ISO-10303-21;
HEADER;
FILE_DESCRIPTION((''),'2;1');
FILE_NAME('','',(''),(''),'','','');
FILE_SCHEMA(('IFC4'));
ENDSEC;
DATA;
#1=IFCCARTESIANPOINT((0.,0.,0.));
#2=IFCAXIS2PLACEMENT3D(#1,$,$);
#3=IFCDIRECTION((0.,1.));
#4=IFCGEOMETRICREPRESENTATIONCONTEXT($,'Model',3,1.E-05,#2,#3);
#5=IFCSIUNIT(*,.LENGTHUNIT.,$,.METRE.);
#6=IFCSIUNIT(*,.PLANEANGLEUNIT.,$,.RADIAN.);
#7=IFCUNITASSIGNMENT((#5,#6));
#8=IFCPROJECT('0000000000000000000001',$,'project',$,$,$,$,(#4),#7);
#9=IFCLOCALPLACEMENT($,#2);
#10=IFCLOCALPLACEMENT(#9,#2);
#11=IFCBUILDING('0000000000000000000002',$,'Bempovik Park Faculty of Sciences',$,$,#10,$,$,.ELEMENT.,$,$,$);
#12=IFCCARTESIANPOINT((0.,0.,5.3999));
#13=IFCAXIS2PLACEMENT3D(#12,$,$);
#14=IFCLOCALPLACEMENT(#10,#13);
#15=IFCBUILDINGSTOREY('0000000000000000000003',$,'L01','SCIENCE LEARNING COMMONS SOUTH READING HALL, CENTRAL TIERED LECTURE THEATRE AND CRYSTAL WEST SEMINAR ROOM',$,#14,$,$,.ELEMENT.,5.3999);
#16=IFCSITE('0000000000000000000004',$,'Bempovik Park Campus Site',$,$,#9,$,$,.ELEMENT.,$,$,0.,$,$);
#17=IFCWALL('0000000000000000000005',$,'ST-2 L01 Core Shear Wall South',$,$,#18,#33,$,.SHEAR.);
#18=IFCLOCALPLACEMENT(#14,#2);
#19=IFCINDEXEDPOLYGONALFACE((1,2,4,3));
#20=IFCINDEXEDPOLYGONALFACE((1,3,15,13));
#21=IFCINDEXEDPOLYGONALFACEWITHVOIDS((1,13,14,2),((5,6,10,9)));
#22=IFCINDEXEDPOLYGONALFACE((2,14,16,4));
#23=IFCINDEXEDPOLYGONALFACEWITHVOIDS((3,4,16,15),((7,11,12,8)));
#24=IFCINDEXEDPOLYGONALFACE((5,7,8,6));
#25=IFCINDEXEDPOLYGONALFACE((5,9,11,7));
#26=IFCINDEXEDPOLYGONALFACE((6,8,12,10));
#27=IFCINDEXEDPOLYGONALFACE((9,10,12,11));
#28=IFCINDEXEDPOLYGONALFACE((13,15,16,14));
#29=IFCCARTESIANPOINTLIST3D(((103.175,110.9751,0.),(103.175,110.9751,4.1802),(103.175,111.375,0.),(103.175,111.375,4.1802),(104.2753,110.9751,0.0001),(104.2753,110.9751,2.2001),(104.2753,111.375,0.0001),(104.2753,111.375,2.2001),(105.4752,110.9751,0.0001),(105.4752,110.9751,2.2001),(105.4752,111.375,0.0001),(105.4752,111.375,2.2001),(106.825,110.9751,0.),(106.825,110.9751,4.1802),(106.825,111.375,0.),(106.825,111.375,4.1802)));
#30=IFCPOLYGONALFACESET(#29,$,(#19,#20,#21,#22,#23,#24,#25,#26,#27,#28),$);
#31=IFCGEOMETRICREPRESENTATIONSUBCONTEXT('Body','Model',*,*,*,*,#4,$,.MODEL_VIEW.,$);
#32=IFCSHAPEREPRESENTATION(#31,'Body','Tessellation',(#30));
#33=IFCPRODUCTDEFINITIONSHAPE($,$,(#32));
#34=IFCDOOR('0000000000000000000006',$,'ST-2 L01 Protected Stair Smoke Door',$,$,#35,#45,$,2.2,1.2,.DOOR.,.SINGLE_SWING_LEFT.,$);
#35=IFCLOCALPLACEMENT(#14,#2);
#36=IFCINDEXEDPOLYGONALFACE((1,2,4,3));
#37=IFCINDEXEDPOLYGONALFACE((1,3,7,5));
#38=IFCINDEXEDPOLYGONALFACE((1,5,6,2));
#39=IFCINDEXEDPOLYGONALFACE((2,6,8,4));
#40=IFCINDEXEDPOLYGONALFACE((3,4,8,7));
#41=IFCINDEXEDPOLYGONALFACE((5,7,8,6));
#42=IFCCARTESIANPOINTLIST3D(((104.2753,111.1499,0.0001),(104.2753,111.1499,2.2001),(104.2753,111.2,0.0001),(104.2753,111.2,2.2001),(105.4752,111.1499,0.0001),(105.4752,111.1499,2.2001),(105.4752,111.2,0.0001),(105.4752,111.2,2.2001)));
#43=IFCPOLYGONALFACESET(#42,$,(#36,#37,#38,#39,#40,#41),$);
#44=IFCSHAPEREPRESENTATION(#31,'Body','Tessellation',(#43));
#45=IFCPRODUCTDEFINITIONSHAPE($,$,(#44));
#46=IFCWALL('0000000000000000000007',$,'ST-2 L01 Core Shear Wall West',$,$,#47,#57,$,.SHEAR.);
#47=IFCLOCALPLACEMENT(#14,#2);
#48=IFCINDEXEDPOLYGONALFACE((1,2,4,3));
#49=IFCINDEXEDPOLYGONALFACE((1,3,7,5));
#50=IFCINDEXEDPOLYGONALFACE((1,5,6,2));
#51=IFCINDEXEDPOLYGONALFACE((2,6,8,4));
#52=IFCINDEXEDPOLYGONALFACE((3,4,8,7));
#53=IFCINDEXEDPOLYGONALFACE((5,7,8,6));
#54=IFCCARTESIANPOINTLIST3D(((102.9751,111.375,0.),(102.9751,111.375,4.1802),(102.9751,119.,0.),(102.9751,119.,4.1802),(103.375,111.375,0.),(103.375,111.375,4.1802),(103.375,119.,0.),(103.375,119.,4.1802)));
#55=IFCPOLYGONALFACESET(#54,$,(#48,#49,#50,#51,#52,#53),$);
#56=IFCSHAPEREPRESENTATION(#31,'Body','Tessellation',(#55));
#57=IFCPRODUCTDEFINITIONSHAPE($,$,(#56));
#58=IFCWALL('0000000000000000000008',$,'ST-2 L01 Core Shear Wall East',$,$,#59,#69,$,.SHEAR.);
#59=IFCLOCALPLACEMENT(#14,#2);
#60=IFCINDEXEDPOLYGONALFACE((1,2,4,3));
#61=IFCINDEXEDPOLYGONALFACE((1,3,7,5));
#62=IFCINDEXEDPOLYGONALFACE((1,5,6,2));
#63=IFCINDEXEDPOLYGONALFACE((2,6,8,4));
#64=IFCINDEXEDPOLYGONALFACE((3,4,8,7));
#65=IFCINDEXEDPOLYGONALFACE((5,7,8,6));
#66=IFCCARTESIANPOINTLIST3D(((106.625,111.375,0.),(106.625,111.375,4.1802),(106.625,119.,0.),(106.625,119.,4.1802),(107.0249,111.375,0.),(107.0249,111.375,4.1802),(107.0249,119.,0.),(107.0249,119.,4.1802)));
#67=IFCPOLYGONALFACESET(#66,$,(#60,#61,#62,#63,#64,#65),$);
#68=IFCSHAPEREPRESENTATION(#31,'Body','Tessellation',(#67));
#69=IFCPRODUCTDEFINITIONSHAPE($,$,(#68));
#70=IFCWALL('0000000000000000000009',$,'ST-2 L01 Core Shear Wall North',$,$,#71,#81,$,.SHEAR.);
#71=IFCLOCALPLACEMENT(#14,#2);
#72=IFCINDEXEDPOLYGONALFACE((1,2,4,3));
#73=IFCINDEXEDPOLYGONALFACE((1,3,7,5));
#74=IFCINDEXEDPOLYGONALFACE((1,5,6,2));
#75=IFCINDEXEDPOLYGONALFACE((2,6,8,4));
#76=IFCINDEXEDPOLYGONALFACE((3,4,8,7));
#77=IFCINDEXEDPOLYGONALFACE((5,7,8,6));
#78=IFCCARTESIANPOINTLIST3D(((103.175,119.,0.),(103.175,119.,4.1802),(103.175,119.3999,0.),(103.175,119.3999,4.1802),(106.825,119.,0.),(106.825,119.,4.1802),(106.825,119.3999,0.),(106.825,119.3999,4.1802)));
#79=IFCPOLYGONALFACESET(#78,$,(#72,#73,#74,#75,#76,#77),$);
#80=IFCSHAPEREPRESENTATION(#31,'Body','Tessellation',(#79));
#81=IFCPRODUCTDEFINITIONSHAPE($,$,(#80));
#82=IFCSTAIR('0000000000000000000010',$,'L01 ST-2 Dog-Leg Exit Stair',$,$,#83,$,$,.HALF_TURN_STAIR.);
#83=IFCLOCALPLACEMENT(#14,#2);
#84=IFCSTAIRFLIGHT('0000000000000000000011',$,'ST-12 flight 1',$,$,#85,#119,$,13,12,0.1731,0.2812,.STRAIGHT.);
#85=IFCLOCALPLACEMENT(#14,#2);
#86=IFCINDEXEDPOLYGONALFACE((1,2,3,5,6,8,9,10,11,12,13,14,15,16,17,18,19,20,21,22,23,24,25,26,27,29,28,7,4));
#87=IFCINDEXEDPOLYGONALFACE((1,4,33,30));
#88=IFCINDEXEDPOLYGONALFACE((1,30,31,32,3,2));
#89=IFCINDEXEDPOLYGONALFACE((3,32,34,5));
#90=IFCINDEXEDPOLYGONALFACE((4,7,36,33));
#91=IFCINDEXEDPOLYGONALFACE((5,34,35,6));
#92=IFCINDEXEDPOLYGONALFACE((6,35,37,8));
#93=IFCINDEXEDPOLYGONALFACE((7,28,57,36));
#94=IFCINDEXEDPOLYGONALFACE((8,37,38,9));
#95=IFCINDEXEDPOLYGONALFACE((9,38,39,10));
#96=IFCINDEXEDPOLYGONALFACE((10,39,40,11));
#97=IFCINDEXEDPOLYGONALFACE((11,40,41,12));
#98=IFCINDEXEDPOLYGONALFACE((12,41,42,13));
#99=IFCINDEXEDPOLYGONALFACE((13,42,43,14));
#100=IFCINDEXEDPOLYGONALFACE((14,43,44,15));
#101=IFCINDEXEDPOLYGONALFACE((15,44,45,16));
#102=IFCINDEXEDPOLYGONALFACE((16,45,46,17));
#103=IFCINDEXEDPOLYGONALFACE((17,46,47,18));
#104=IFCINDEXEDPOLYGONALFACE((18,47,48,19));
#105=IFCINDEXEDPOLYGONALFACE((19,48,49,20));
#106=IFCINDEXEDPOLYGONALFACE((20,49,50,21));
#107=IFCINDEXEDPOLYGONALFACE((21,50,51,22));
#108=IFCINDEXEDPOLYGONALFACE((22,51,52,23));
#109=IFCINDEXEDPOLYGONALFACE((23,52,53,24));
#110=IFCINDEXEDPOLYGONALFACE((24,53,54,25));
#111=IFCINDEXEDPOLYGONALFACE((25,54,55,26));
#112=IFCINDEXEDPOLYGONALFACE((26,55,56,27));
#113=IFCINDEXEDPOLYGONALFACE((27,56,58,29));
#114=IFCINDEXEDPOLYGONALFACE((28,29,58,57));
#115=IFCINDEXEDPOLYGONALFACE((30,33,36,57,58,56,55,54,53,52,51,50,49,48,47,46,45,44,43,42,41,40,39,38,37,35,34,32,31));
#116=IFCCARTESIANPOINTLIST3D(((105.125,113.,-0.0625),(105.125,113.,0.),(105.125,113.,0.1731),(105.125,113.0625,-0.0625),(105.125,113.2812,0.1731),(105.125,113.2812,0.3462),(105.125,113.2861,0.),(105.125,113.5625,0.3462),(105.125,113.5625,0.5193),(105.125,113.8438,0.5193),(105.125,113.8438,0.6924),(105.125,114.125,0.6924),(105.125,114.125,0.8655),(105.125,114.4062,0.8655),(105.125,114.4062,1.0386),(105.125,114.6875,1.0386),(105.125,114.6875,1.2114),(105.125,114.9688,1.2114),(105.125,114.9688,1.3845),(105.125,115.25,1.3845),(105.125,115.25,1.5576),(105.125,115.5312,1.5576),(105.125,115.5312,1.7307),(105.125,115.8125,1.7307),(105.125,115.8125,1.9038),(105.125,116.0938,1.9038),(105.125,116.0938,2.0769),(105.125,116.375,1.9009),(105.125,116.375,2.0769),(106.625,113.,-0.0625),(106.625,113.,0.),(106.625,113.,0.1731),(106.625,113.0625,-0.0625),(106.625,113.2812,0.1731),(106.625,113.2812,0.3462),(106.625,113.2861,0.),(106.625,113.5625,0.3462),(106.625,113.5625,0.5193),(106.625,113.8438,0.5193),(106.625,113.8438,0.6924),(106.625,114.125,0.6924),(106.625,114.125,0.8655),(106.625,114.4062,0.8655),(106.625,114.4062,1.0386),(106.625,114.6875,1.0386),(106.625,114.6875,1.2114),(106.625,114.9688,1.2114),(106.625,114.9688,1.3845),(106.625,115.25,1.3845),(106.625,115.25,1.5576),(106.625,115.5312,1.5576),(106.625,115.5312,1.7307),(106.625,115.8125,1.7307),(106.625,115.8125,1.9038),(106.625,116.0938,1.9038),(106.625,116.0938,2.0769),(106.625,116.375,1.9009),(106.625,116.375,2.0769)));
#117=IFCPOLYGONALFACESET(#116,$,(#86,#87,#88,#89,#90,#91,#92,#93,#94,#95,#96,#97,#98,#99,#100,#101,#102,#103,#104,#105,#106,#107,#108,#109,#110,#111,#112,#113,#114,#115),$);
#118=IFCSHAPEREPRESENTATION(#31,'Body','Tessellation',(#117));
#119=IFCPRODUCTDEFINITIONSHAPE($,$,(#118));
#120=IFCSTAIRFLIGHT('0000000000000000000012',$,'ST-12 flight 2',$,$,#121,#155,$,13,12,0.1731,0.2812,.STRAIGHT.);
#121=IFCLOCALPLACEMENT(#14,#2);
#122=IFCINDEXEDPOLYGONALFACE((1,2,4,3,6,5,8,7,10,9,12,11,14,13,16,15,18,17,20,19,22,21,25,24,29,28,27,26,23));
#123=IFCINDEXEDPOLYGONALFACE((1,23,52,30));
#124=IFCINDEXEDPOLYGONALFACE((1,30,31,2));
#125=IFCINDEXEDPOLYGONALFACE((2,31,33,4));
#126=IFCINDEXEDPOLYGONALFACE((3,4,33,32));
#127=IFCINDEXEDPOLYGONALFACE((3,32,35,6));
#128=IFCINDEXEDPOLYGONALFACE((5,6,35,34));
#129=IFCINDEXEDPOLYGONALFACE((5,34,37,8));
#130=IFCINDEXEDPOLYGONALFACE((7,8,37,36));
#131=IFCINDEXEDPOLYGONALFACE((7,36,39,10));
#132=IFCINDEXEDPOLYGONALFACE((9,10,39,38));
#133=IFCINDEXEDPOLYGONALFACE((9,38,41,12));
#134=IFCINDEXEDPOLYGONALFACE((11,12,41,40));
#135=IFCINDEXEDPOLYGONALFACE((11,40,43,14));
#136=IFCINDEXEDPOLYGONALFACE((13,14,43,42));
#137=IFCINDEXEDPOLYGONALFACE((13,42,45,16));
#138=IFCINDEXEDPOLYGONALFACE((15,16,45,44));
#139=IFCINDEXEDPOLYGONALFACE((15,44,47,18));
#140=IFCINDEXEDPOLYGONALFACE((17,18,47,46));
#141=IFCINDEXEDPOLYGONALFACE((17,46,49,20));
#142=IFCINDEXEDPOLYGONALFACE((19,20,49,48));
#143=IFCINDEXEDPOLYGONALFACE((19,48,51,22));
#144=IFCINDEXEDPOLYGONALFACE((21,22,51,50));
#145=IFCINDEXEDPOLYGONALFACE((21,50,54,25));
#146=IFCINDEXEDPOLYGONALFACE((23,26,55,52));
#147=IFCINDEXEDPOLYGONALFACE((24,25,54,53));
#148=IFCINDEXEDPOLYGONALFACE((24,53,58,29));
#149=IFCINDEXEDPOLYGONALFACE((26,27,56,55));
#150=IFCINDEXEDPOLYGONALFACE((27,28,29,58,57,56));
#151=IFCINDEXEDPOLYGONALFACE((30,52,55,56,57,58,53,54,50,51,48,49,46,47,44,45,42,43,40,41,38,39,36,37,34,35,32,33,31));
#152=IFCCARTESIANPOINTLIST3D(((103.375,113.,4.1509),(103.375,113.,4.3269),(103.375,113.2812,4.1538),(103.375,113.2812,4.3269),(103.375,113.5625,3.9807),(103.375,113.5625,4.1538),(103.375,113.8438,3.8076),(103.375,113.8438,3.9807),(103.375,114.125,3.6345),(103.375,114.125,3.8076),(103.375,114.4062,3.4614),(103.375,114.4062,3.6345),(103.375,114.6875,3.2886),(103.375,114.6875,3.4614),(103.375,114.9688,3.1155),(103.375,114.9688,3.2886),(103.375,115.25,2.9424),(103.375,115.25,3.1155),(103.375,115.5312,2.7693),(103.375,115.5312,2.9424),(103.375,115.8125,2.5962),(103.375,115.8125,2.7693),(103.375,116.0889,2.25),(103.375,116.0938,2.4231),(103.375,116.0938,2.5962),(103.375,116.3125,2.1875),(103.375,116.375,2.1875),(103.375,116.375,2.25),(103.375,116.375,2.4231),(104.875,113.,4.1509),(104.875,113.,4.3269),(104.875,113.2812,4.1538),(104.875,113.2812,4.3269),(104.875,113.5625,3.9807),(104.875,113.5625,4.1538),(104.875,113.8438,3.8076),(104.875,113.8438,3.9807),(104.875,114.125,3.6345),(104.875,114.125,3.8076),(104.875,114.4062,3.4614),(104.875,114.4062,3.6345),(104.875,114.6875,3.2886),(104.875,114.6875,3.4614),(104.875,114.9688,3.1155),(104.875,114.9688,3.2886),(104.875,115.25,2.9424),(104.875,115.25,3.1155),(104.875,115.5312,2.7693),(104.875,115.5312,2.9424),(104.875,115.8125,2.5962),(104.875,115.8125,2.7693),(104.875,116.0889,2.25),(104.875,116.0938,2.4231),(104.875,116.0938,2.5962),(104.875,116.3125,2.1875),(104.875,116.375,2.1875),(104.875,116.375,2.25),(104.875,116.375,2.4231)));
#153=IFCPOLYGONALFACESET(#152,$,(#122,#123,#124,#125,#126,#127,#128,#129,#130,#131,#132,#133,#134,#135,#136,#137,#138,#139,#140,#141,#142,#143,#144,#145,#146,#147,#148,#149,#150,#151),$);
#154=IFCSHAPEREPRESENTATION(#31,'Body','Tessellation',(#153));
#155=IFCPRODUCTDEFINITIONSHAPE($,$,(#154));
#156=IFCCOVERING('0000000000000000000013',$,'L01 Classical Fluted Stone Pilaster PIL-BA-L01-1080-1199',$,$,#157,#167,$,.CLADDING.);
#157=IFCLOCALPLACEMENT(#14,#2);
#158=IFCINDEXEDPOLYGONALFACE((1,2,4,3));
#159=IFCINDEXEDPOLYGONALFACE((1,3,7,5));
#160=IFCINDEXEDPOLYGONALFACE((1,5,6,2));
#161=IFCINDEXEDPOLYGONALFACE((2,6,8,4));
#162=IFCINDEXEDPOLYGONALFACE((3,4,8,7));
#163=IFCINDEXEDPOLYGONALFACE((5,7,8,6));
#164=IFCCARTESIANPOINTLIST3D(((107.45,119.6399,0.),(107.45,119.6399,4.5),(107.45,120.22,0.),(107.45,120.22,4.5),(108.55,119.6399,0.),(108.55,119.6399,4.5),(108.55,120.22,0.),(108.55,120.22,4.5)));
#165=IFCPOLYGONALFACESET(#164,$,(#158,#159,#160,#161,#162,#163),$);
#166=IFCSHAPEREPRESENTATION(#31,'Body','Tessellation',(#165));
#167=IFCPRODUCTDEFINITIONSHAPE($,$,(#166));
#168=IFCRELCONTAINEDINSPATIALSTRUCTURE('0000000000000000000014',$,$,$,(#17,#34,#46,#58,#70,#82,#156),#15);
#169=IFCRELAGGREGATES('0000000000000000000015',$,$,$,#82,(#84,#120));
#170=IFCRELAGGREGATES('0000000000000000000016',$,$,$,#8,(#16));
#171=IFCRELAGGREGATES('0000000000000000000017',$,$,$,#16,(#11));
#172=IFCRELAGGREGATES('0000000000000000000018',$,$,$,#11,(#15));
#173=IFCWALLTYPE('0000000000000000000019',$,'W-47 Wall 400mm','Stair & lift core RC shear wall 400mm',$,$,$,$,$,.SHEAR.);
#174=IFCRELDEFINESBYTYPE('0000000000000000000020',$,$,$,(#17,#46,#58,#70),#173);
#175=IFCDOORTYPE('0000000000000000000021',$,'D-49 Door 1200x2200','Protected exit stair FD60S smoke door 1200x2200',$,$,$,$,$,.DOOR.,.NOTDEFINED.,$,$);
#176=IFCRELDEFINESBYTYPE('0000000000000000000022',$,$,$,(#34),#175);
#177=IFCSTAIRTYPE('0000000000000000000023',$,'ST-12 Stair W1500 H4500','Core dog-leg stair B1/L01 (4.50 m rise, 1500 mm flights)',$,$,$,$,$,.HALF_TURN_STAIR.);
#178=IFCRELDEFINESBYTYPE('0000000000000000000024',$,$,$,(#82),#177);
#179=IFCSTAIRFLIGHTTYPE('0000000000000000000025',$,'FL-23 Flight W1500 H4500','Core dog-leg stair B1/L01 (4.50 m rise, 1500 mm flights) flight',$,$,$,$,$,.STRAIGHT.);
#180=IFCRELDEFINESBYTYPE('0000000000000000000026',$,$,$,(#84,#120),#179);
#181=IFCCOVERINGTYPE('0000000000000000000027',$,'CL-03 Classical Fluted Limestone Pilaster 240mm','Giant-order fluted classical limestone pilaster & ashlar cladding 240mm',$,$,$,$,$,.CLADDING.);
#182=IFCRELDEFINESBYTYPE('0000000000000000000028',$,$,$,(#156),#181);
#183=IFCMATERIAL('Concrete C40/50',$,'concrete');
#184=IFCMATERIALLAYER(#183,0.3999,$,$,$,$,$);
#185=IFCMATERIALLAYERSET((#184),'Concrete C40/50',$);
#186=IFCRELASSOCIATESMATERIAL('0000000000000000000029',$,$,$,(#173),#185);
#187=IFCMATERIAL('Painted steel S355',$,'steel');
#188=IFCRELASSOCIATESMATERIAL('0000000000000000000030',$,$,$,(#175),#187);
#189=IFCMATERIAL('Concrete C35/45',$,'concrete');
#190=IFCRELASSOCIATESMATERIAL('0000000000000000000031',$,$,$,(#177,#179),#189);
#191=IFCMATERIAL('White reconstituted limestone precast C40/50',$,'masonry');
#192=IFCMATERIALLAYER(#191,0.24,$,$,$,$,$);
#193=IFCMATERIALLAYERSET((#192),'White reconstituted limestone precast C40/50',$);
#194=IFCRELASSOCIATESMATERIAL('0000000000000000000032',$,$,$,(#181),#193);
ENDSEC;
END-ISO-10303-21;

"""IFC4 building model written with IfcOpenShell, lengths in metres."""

from ifc_helpers import new_model, si_unit, direction, frame, frame_2d, origin, origin_2d, place, context, subcontext, project, spatial, polyline, rectangle, outline, extrude, material, layer, layer_set, type_object, element, fill, aggregate, save


model = new_model("IFC4")

# Units and contexts
model_context = context("Model", 3, precision=1e-05, world=origin(), true_north=direction((0.0, 1.0)))
body_context = subcontext(model_context, "Body", "Model", "MODEL_VIEW")
ifc_project = project(units=[si_unit("LENGTHUNIT", "METRE"), si_unit("PLANEANGLEUNIT", "RADIAN")], contexts=[model_context])

# Site, building, storey
site_placement = place(None, origin())
site = spatial("IfcSite", under=ifc_project, at=site_placement, Name="Bempovik Park Campus Site", CompositionType="ELEMENT", RefElevation=0.0)
building_placement = place(site_placement, origin())
building = spatial("IfcBuilding", under=site, at=building_placement, Name="Bempovik Park Faculty of Sciences", CompositionType="ELEMENT")
storey_placement = place(building_placement, frame((0.0, 0.0, 5.3999)))
storey = spatial("IfcBuildingStorey", under=building, at=storey_placement, Name="L01", Description="SCIENCE LEARNING COMMONS SOUTH READING HALL, CENTRAL TIERED LECTURE THEATRE AND CRYSTAL WEST SEMINAR ROOM", CompositionType="ELEMENT", Elevation=5.3999)

# Shared definitions
ifc_material_1 = material(Name="Concrete C40/50", Category="concrete")

# Shared definitions
ifc_material_2 = material(Name="Concrete C35/45", Category="concrete")

# Wall, opening, door
ifc_layer_1 = layer(ifc_material_1, 0.3999)
ifc_layer_set_1 = layer_set([ifc_layer_1], Name="Concrete C40/50")
wall_type_1 = type_object("IfcWallType", Name="W-47 Wall 400mm", Description="Stair & lift core RC shear wall 400mm", PredefinedType="SHEAR", material=ifc_layer_set_1)
wall_1_placement = place(storey_placement, frame((103.175, 111.175, 0.0), z_axis=(0.0, 0.0, 1.0), x_axis=(1.0, 0.0, 0.0)))
wall_1 = element("IfcWall", 1, at=wall_1_placement, inside=storey, type_object=wall_type_1, Name="ST-2 L01 Core Shear Wall South", PredefinedType="SHEAR", context=body_context, shape_type="SweptSolid", body=[
    extrude(rectangle(XDim=3.6499, YDim=0.3999, at=frame_2d((1.825, 0.0))), origin(), (0.0, 0.0, 1.0), 4.1802),
])
opening_1_placement = place(wall_1_placement, frame((1.1001, 0.0, 0.0)))
opening_1 = element("IfcOpeningElement", 2, at=opening_1_placement, cuts=wall_1, PredefinedType="OPENING", context=body_context, shape_type="SweptSolid", body=[
    extrude(rectangle(XDim=1.2, YDim=2.2, at=frame_2d((0.6001, 1.1001))), frame((0.0, 0.21, 0.0), z_axis=(0.0, -1.0, 0.0), x_axis=(1.0, 0.0, 0.0)), (0.0, 0.0, 1.0), 0.4199),
])
ifc_material_3 = material(Name="Painted steel S355", Category="steel")
door_type_1 = type_object("IfcDoorType", Name="D-49 Door 1200x2200", Description="Protected exit stair FD60S smoke door 1200x2200", OperationType="NOTDEFINED", PredefinedType="DOOR", material=ifc_material_3)
door_1_placement = place(opening_1_placement, origin())
door_1 = element("IfcDoor", 3, at=door_1_placement, inside=storey, type_object=door_type_1, Name="ST-2 L01 Protected Stair Smoke Door", OperationType="SINGLE_SWING_LEFT", OverallHeight=2.2, OverallWidth=1.2, PredefinedType="DOOR", context=body_context, shape_type="SweptSolid", body=[
    extrude(rectangle(XDim=1.2, YDim=2.2, at=frame_2d((0.6001, 1.1001))), frame((0.0, 0.0249, 0.0), z_axis=(0.0, -1.0, 0.0), x_axis=(1.0, 0.0, 0.0)), (0.0, 0.0, 1.0), 0.05),
])
fill(opening_1, door_1)

# Walls
for number, where, z_axis, x_axis, name in (
    (4, (103.175, 111.375, 0.0), (0.0, 0.0, 1.0), (0.0, 1.0, 0.0), "ST-2 L01 Core Shear Wall West"),
    (5, (106.825, 111.375, 0.0), (0.0, 0.0, 1.0), (0.0, 1.0, 0.0), "ST-2 L01 Core Shear Wall East"),
):
    element("IfcWall", number, at=place(storey_placement, frame(where, z_axis=z_axis, x_axis=x_axis)), inside=storey, type_object=wall_type_1, Name=name, PredefinedType="SHEAR", context=body_context, shape_type="SweptSolid", body=[
        extrude(rectangle(XDim=7.625, YDim=0.3999, at=frame_2d((3.8125, 0.0))), origin(), (0.0, 0.0, 1.0), 4.1802),
    ])
wall_2_placement = place(storey_placement, frame((103.175, 119.2, 0.0), z_axis=(0.0, 0.0, 1.0), x_axis=(1.0, 0.0, 0.0)))
element("IfcWall", 6, at=wall_2_placement, inside=storey, type_object=wall_type_1, Name="ST-2 L01 Core Shear Wall North", PredefinedType="SHEAR", context=body_context, shape_type="SweptSolid", body=[
    extrude(rectangle(XDim=3.6499, YDim=0.3999, at=frame_2d((1.825, 0.0))), origin(), (0.0, 0.0, 1.0), 4.1802),
])

# Stair, stair flights
stair_type = type_object("IfcStairType", Name="ST-12 Stair W1500 H4500", Description="Core dog-leg stair B1/L01 (4.50 m rise, 1500 mm flights)", PredefinedType="HALF_TURN_STAIR", material=ifc_material_2)
stair_placement = place(storey_placement, origin())
stair = element("IfcStair", 7, at=stair_placement, inside=storey, type_object=stair_type, Name="L01 ST-2 Dog-Leg Exit Stair", PredefinedType="HALF_TURN_STAIR")
stair_flight_type = type_object("IfcStairFlightType", Name="FL-23 Flight W1500 H4500", Description="Core dog-leg stair B1/L01 (4.50 m rise, 1500 mm flights) flight", PredefinedType="STRAIGHT", material=ifc_material_2)
stair_flight_1_placement = place(storey_placement, frame((105.875, 113.0, 0.0), z_axis=(0.0, 0.0, 1.0), x_axis=(0.0, 1.0, 0.0)))
stair_flight_1 = element("IfcStairFlight", 8, at=stair_flight_1_placement, type_object=stair_flight_type, Name="ST-12 flight 1", NumberOfRisers=13, NumberOfTreads=12, PredefinedType="STRAIGHT", RiserHeight=0.1731, TreadLength=0.2812, context=body_context, shape_type="SweptSolid", body=[
    extrude(outline(polyline([(0.0, 0.0), (0.0, 0.1731), (0.2812, 0.1731), (0.2812, 0.3462), (0.5625, 0.3462), (0.5625, 0.5193), (0.8438, 0.5193), (0.8438, 0.6924), (1.125, 0.6924), (1.125, 0.8655), (1.4062, 0.8655), (1.4062, 1.0386), (1.6875, 1.0386), (1.6875, 1.2114), (1.9688, 1.2114), (1.9688, 1.3845), (2.25, 1.3845), (2.25, 1.5576), (2.5312, 1.5576), (2.5312, 1.7307), (2.8125, 1.7307), (2.8125, 1.9038), (3.0938, 1.9038), (3.0938, 2.0769), (3.375, 2.0769), (3.375, 2.25), (3.375, 1.9009), (0.2861, 0.0), (0.0625, -0.0625), (0.0, -0.0625), (0.0, 0.0)])), frame((0.0, 0.75, 0.0), z_axis=(0.0, -1.0, 0.0), x_axis=(1.0, 0.0, 0.0)), (0.0, 0.0, 1.0), 1.5),
])
stair_flight_2_placement = place(storey_placement, frame((104.125, 116.375, 2.25), z_axis=(0.0, 0.0, 1.0), x_axis=(0.0, -1.0, 0.0)))
stair_flight_2 = element("IfcStairFlight", 9, at=stair_flight_2_placement, type_object=stair_flight_type, Name="ST-12 flight 2", NumberOfRisers=13, NumberOfTreads=12, PredefinedType="STRAIGHT", RiserHeight=0.1731, TreadLength=0.2812, context=body_context, shape_type="SweptSolid", body=[
    extrude(outline(polyline([(0.0, 0.0), (0.0, 0.1731), (0.2812, 0.1731), (0.2812, 0.3462), (0.5625, 0.3462), (0.5625, 0.5193), (0.8438, 0.5193), (0.8438, 0.6924), (1.125, 0.6924), (1.125, 0.8655), (1.4062, 0.8655), (1.4062, 1.0386), (1.6875, 1.0386), (1.6875, 1.2114), (1.9688, 1.2114), (1.9688, 1.3845), (2.25, 1.3845), (2.25, 1.5576), (2.5312, 1.5576), (2.5312, 1.7307), (2.8125, 1.7307), (2.8125, 1.9038), (3.0938, 1.9038), (3.0938, 2.0769), (3.375, 2.0769), (3.375, 2.25), (3.375, 1.9009), (0.2861, 0.0), (0.0625, -0.0625), (0.0, -0.0625), (0.0, 0.0)])), frame((0.0, 0.75, 0.0), z_axis=(0.0, -1.0, 0.0), x_axis=(1.0, 0.0, 0.0)), (0.0, 0.0, 1.0), 1.5),
])
aggregate(stair, [stair_flight_1, stair_flight_2])

# Covering
ifc_material_4 = material(Name="White reconstituted limestone precast C40/50", Category="masonry")
ifc_layer_2 = layer(ifc_material_4, 0.24)
ifc_layer_set_2 = layer_set([ifc_layer_2], Name="White reconstituted limestone precast C40/50")
covering_type = type_object("IfcCoveringType", Name="CL-03 Classical Fluted Limestone Pilaster 240mm", Description="Giant-order fluted classical limestone pilaster & ashlar cladding 240mm", PredefinedType="CLADDING", material=ifc_layer_set_2)
covering_placement = place(storey_placement, frame((108.0, 119.9299, 0.0), z_axis=(0.0, 0.0, 1.0), x_axis=(1.0, 0.0, 0.0)))
element("IfcCovering", 10, at=covering_placement, inside=storey, type_object=covering_type, Name="L01 Classical Fluted Stone Pilaster PIL-BA-L01-1080-1199", PredefinedType="CLADDING", context=body_context, shape_type="SweptSolid", body=[
    extrude(rectangle(XDim=1.1001, YDim=0.5801, at=origin_2d()), origin(), (0.0, 0.0, 1.0), 4.5),
])

save(model, "model.ifc")
